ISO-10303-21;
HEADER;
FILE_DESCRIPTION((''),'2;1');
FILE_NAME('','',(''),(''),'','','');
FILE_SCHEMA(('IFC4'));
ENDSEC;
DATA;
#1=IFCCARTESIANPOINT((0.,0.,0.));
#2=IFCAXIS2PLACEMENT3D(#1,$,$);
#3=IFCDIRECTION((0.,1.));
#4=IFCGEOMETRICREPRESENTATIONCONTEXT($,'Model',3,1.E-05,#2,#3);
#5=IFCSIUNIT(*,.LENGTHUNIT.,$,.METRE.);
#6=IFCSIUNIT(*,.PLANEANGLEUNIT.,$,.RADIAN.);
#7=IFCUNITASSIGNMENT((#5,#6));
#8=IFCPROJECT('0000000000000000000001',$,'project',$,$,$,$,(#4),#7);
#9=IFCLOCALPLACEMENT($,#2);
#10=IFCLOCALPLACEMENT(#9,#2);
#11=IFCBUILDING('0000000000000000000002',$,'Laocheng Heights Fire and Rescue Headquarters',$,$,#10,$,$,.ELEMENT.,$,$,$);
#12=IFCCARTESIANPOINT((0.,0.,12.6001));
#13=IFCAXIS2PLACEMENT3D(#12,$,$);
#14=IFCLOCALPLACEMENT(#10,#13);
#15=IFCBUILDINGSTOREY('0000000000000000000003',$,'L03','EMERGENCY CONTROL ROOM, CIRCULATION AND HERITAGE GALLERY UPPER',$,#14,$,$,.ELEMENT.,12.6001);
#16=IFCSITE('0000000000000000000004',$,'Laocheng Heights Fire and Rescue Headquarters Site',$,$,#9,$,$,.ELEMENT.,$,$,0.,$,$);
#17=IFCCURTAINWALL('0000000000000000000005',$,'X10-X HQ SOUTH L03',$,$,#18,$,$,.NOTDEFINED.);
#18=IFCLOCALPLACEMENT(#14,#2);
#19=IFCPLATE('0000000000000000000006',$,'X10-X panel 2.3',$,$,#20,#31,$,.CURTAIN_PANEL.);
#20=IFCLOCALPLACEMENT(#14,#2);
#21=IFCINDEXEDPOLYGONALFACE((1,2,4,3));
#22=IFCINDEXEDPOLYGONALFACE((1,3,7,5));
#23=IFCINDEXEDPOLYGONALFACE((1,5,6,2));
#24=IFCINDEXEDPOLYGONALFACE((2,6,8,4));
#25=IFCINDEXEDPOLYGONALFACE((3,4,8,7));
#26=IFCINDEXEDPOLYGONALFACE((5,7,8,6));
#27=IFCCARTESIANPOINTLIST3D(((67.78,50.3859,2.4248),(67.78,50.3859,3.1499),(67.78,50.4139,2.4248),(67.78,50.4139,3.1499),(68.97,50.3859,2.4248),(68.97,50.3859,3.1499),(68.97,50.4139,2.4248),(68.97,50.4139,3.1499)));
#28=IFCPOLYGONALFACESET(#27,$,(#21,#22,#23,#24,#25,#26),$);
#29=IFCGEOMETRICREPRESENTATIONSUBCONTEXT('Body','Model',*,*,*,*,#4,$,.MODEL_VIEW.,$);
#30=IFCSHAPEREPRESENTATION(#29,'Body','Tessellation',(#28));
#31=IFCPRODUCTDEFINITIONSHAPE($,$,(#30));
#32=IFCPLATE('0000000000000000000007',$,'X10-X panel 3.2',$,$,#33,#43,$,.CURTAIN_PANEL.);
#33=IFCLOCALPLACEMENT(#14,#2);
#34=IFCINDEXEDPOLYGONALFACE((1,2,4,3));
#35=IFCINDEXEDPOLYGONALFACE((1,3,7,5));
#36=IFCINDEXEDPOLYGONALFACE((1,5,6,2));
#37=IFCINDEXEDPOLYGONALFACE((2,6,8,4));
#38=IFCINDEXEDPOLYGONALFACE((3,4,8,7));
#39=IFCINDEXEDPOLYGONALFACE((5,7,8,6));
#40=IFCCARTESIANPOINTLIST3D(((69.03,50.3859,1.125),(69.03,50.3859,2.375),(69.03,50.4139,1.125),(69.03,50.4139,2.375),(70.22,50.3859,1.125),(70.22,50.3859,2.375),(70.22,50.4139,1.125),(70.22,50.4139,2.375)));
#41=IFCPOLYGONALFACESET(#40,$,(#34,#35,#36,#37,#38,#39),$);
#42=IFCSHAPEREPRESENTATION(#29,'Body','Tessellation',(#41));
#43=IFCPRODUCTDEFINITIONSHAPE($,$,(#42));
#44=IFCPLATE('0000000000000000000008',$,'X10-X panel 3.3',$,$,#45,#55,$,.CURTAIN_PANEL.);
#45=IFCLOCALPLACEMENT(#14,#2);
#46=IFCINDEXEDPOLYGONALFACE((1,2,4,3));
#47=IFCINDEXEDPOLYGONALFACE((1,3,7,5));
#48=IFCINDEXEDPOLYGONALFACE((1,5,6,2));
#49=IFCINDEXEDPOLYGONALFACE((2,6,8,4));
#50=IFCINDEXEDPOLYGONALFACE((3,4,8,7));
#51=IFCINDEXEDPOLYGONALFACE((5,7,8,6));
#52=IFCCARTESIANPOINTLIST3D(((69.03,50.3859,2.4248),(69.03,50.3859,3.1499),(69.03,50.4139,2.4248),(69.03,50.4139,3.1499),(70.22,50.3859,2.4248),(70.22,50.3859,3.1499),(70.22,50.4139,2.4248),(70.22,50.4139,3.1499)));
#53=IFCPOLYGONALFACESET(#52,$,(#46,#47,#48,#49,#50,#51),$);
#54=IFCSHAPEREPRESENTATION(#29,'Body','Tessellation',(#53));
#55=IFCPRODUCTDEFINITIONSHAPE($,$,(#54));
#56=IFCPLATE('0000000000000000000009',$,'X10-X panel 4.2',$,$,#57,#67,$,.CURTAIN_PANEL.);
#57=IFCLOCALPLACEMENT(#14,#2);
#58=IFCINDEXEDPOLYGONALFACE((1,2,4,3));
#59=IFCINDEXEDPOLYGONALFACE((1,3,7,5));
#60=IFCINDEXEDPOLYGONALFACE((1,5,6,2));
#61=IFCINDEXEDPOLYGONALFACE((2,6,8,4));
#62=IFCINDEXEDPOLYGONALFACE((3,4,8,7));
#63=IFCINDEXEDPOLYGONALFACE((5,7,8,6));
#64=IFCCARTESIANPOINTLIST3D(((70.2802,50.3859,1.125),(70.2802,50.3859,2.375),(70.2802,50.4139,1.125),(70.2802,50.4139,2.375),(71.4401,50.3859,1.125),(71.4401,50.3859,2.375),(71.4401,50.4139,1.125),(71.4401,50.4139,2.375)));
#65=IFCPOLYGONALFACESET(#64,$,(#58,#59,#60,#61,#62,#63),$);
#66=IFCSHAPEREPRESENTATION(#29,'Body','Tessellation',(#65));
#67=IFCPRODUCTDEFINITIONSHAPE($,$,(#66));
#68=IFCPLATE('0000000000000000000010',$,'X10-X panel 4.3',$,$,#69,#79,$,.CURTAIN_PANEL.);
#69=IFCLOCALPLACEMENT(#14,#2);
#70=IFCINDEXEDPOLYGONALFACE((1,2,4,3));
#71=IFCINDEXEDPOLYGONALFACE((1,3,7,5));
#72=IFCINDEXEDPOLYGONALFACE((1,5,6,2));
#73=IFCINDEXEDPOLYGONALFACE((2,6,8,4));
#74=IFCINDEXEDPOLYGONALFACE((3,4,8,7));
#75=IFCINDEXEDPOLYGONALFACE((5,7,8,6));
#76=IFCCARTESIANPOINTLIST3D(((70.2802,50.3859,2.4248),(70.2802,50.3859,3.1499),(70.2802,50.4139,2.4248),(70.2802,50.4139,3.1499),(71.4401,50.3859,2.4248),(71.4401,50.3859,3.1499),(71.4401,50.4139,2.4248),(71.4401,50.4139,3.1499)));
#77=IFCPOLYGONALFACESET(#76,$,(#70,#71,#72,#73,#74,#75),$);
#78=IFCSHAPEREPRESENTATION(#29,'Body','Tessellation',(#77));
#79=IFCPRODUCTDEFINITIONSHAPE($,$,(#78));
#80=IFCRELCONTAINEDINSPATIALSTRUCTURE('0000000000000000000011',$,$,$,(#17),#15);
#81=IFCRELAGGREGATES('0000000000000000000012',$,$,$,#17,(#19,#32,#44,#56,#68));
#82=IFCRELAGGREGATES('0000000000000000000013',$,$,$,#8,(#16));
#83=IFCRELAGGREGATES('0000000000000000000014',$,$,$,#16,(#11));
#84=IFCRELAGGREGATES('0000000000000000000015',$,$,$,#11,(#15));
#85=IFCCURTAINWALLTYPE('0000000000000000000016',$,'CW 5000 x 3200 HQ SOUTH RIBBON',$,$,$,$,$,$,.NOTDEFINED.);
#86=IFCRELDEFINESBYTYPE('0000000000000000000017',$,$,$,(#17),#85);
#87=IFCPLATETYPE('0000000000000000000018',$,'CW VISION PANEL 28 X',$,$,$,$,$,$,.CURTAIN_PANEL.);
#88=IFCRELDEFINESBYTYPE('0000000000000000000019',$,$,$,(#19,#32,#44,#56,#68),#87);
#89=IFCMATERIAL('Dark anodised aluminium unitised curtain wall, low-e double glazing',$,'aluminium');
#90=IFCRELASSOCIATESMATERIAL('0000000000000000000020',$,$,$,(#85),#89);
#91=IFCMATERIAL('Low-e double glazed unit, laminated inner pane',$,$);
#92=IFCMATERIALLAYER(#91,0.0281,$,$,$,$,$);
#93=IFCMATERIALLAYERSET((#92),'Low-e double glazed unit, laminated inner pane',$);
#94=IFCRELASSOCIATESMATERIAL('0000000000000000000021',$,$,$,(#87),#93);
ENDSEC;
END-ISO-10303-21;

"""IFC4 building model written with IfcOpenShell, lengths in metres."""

from ifc_helpers import new_model, si_unit, direction, frame, origin, origin_2d, place, context, subcontext, project, spatial, rectangle, extrude, material, layer, layer_set, type_object, element, aggregate, save


model = new_model("IFC4")

# Units and contexts
model_context = context("Model", 3, precision=1e-05, world=origin(), true_north=direction((0.0, 1.0)))
body_context = subcontext(model_context, "Body", "Model", "MODEL_VIEW")
ifc_project = project(units=[si_unit("LENGTHUNIT", "METRE"), si_unit("PLANEANGLEUNIT", "RADIAN")], contexts=[model_context])

# Site, building, storey
site_placement = place(None, origin())
site = spatial("IfcSite", under=ifc_project, at=site_placement, Name="Laocheng Heights Fire and Rescue Headquarters Site", CompositionType="ELEMENT", RefElevation=0.0)
building_placement = place(site_placement, origin())
building = spatial("IfcBuilding", under=site, at=building_placement, Name="Laocheng Heights Fire and Rescue Headquarters", CompositionType="ELEMENT")
storey_placement = place(building_placement, frame((0.0, 0.0, 12.6001)))
storey = spatial("IfcBuildingStorey", under=building, at=storey_placement, Name="L03", Description="EMERGENCY CONTROL ROOM, CIRCULATION AND HERITAGE GALLERY UPPER", CompositionType="ELEMENT", Elevation=12.6001)

# Curtain wall
ifc_material_1 = material(Name="Dark anodised aluminium unitised curtain wall, low-e double glazing", Category="aluminium")
curtain_wall_type = type_object("IfcCurtainWallType", Name="CW 5000 x 3200 HQ SOUTH RIBBON", PredefinedType="NOTDEFINED", material=ifc_material_1)
curtain_wall_1_placement = place(storey_placement, origin())
curtain_wall_1 = element("IfcCurtainWall", 1, at=curtain_wall_1_placement, inside=storey, type_object=curtain_wall_type, Name="X10-X HQ SOUTH L03", PredefinedType="NOTDEFINED")

# Plates
ifc_material_2 = material(Name="Low-e double glazed unit, laminated inner pane")
ifc_layer_1 = layer(ifc_material_2, 0.0281)
ifc_layer_set_1 = layer_set([ifc_layer_1], Name="Low-e double glazed unit, laminated inner pane")
plate_type_1 = type_object("IfcPlateType", Name="CW VISION PANEL 28 X", PredefinedType="CURTAIN_PANEL", material=ifc_layer_set_1)
plate_1_placement = place(storey_placement, frame((68.375, 50.3999, 2.4248), z_axis=(0.0, 0.0, 1.0), x_axis=(1.0, 0.0, 0.0)))
plate_1 = element("IfcPlate", 2, at=plate_1_placement, type_object=plate_type_1, Name="X10-X panel 2.3", PredefinedType="CURTAIN_PANEL", context=body_context, shape_type="SweptSolid", body=[
    extrude(rectangle(XDim=1.1899, YDim=0.0281, at=origin_2d()), origin(), (0.0, 0.0, 1.0), 0.7251),
])
plate_2_placement = place(storey_placement, frame((69.625, 50.3999, 1.125), z_axis=(0.0, 0.0, 1.0), x_axis=(1.0, 0.0, 0.0)))
plate_2 = element("IfcPlate", 3, at=plate_2_placement, type_object=plate_type_1, Name="X10-X panel 3.2", PredefinedType="CURTAIN_PANEL", context=body_context, shape_type="SweptSolid", body=[
    extrude(rectangle(XDim=1.1899, YDim=0.0281, at=origin_2d()), origin(), (0.0, 0.0, 1.0), 1.25),
])
plate_3_placement = place(storey_placement, frame((69.625, 50.3999, 2.4248), z_axis=(0.0, 0.0, 1.0), x_axis=(1.0, 0.0, 0.0)))
plate_3 = element("IfcPlate", 4, at=plate_3_placement, type_object=plate_type_1, Name="X10-X panel 3.3", PredefinedType="CURTAIN_PANEL", context=body_context, shape_type="SweptSolid", body=[
    extrude(rectangle(XDim=1.1899, YDim=0.0281, at=origin_2d()), origin(), (0.0, 0.0, 1.0), 0.7251),
])
plate_4_placement = place(storey_placement, frame((70.8601, 50.3999, 1.125), z_axis=(0.0, 0.0, 1.0), x_axis=(1.0, 0.0, 0.0)))
plate_4 = element("IfcPlate", 5, at=plate_4_placement, type_object=plate_type_1, Name="X10-X panel 4.2", PredefinedType="CURTAIN_PANEL", context=body_context, shape_type="SweptSolid", body=[
    extrude(rectangle(XDim=1.1599, YDim=0.0281, at=origin_2d()), origin(), (0.0, 0.0, 1.0), 1.25),
])
plate_5_placement = place(storey_placement, frame((70.8601, 50.3999, 2.4248), z_axis=(0.0, 0.0, 1.0), x_axis=(1.0, 0.0, 0.0)))
plate_5 = element("IfcPlate", 6, at=plate_5_placement, type_object=plate_type_1, Name="X10-X panel 4.3", PredefinedType="CURTAIN_PANEL", context=body_context, shape_type="SweptSolid", body=[
    extrude(rectangle(XDim=1.1599, YDim=0.0281, at=origin_2d()), origin(), (0.0, 0.0, 1.0), 0.7251),
])
aggregate(curtain_wall_1, [plate_1, plate_2, plate_3, plate_4, plate_5])

save(model, "model.ifc")
